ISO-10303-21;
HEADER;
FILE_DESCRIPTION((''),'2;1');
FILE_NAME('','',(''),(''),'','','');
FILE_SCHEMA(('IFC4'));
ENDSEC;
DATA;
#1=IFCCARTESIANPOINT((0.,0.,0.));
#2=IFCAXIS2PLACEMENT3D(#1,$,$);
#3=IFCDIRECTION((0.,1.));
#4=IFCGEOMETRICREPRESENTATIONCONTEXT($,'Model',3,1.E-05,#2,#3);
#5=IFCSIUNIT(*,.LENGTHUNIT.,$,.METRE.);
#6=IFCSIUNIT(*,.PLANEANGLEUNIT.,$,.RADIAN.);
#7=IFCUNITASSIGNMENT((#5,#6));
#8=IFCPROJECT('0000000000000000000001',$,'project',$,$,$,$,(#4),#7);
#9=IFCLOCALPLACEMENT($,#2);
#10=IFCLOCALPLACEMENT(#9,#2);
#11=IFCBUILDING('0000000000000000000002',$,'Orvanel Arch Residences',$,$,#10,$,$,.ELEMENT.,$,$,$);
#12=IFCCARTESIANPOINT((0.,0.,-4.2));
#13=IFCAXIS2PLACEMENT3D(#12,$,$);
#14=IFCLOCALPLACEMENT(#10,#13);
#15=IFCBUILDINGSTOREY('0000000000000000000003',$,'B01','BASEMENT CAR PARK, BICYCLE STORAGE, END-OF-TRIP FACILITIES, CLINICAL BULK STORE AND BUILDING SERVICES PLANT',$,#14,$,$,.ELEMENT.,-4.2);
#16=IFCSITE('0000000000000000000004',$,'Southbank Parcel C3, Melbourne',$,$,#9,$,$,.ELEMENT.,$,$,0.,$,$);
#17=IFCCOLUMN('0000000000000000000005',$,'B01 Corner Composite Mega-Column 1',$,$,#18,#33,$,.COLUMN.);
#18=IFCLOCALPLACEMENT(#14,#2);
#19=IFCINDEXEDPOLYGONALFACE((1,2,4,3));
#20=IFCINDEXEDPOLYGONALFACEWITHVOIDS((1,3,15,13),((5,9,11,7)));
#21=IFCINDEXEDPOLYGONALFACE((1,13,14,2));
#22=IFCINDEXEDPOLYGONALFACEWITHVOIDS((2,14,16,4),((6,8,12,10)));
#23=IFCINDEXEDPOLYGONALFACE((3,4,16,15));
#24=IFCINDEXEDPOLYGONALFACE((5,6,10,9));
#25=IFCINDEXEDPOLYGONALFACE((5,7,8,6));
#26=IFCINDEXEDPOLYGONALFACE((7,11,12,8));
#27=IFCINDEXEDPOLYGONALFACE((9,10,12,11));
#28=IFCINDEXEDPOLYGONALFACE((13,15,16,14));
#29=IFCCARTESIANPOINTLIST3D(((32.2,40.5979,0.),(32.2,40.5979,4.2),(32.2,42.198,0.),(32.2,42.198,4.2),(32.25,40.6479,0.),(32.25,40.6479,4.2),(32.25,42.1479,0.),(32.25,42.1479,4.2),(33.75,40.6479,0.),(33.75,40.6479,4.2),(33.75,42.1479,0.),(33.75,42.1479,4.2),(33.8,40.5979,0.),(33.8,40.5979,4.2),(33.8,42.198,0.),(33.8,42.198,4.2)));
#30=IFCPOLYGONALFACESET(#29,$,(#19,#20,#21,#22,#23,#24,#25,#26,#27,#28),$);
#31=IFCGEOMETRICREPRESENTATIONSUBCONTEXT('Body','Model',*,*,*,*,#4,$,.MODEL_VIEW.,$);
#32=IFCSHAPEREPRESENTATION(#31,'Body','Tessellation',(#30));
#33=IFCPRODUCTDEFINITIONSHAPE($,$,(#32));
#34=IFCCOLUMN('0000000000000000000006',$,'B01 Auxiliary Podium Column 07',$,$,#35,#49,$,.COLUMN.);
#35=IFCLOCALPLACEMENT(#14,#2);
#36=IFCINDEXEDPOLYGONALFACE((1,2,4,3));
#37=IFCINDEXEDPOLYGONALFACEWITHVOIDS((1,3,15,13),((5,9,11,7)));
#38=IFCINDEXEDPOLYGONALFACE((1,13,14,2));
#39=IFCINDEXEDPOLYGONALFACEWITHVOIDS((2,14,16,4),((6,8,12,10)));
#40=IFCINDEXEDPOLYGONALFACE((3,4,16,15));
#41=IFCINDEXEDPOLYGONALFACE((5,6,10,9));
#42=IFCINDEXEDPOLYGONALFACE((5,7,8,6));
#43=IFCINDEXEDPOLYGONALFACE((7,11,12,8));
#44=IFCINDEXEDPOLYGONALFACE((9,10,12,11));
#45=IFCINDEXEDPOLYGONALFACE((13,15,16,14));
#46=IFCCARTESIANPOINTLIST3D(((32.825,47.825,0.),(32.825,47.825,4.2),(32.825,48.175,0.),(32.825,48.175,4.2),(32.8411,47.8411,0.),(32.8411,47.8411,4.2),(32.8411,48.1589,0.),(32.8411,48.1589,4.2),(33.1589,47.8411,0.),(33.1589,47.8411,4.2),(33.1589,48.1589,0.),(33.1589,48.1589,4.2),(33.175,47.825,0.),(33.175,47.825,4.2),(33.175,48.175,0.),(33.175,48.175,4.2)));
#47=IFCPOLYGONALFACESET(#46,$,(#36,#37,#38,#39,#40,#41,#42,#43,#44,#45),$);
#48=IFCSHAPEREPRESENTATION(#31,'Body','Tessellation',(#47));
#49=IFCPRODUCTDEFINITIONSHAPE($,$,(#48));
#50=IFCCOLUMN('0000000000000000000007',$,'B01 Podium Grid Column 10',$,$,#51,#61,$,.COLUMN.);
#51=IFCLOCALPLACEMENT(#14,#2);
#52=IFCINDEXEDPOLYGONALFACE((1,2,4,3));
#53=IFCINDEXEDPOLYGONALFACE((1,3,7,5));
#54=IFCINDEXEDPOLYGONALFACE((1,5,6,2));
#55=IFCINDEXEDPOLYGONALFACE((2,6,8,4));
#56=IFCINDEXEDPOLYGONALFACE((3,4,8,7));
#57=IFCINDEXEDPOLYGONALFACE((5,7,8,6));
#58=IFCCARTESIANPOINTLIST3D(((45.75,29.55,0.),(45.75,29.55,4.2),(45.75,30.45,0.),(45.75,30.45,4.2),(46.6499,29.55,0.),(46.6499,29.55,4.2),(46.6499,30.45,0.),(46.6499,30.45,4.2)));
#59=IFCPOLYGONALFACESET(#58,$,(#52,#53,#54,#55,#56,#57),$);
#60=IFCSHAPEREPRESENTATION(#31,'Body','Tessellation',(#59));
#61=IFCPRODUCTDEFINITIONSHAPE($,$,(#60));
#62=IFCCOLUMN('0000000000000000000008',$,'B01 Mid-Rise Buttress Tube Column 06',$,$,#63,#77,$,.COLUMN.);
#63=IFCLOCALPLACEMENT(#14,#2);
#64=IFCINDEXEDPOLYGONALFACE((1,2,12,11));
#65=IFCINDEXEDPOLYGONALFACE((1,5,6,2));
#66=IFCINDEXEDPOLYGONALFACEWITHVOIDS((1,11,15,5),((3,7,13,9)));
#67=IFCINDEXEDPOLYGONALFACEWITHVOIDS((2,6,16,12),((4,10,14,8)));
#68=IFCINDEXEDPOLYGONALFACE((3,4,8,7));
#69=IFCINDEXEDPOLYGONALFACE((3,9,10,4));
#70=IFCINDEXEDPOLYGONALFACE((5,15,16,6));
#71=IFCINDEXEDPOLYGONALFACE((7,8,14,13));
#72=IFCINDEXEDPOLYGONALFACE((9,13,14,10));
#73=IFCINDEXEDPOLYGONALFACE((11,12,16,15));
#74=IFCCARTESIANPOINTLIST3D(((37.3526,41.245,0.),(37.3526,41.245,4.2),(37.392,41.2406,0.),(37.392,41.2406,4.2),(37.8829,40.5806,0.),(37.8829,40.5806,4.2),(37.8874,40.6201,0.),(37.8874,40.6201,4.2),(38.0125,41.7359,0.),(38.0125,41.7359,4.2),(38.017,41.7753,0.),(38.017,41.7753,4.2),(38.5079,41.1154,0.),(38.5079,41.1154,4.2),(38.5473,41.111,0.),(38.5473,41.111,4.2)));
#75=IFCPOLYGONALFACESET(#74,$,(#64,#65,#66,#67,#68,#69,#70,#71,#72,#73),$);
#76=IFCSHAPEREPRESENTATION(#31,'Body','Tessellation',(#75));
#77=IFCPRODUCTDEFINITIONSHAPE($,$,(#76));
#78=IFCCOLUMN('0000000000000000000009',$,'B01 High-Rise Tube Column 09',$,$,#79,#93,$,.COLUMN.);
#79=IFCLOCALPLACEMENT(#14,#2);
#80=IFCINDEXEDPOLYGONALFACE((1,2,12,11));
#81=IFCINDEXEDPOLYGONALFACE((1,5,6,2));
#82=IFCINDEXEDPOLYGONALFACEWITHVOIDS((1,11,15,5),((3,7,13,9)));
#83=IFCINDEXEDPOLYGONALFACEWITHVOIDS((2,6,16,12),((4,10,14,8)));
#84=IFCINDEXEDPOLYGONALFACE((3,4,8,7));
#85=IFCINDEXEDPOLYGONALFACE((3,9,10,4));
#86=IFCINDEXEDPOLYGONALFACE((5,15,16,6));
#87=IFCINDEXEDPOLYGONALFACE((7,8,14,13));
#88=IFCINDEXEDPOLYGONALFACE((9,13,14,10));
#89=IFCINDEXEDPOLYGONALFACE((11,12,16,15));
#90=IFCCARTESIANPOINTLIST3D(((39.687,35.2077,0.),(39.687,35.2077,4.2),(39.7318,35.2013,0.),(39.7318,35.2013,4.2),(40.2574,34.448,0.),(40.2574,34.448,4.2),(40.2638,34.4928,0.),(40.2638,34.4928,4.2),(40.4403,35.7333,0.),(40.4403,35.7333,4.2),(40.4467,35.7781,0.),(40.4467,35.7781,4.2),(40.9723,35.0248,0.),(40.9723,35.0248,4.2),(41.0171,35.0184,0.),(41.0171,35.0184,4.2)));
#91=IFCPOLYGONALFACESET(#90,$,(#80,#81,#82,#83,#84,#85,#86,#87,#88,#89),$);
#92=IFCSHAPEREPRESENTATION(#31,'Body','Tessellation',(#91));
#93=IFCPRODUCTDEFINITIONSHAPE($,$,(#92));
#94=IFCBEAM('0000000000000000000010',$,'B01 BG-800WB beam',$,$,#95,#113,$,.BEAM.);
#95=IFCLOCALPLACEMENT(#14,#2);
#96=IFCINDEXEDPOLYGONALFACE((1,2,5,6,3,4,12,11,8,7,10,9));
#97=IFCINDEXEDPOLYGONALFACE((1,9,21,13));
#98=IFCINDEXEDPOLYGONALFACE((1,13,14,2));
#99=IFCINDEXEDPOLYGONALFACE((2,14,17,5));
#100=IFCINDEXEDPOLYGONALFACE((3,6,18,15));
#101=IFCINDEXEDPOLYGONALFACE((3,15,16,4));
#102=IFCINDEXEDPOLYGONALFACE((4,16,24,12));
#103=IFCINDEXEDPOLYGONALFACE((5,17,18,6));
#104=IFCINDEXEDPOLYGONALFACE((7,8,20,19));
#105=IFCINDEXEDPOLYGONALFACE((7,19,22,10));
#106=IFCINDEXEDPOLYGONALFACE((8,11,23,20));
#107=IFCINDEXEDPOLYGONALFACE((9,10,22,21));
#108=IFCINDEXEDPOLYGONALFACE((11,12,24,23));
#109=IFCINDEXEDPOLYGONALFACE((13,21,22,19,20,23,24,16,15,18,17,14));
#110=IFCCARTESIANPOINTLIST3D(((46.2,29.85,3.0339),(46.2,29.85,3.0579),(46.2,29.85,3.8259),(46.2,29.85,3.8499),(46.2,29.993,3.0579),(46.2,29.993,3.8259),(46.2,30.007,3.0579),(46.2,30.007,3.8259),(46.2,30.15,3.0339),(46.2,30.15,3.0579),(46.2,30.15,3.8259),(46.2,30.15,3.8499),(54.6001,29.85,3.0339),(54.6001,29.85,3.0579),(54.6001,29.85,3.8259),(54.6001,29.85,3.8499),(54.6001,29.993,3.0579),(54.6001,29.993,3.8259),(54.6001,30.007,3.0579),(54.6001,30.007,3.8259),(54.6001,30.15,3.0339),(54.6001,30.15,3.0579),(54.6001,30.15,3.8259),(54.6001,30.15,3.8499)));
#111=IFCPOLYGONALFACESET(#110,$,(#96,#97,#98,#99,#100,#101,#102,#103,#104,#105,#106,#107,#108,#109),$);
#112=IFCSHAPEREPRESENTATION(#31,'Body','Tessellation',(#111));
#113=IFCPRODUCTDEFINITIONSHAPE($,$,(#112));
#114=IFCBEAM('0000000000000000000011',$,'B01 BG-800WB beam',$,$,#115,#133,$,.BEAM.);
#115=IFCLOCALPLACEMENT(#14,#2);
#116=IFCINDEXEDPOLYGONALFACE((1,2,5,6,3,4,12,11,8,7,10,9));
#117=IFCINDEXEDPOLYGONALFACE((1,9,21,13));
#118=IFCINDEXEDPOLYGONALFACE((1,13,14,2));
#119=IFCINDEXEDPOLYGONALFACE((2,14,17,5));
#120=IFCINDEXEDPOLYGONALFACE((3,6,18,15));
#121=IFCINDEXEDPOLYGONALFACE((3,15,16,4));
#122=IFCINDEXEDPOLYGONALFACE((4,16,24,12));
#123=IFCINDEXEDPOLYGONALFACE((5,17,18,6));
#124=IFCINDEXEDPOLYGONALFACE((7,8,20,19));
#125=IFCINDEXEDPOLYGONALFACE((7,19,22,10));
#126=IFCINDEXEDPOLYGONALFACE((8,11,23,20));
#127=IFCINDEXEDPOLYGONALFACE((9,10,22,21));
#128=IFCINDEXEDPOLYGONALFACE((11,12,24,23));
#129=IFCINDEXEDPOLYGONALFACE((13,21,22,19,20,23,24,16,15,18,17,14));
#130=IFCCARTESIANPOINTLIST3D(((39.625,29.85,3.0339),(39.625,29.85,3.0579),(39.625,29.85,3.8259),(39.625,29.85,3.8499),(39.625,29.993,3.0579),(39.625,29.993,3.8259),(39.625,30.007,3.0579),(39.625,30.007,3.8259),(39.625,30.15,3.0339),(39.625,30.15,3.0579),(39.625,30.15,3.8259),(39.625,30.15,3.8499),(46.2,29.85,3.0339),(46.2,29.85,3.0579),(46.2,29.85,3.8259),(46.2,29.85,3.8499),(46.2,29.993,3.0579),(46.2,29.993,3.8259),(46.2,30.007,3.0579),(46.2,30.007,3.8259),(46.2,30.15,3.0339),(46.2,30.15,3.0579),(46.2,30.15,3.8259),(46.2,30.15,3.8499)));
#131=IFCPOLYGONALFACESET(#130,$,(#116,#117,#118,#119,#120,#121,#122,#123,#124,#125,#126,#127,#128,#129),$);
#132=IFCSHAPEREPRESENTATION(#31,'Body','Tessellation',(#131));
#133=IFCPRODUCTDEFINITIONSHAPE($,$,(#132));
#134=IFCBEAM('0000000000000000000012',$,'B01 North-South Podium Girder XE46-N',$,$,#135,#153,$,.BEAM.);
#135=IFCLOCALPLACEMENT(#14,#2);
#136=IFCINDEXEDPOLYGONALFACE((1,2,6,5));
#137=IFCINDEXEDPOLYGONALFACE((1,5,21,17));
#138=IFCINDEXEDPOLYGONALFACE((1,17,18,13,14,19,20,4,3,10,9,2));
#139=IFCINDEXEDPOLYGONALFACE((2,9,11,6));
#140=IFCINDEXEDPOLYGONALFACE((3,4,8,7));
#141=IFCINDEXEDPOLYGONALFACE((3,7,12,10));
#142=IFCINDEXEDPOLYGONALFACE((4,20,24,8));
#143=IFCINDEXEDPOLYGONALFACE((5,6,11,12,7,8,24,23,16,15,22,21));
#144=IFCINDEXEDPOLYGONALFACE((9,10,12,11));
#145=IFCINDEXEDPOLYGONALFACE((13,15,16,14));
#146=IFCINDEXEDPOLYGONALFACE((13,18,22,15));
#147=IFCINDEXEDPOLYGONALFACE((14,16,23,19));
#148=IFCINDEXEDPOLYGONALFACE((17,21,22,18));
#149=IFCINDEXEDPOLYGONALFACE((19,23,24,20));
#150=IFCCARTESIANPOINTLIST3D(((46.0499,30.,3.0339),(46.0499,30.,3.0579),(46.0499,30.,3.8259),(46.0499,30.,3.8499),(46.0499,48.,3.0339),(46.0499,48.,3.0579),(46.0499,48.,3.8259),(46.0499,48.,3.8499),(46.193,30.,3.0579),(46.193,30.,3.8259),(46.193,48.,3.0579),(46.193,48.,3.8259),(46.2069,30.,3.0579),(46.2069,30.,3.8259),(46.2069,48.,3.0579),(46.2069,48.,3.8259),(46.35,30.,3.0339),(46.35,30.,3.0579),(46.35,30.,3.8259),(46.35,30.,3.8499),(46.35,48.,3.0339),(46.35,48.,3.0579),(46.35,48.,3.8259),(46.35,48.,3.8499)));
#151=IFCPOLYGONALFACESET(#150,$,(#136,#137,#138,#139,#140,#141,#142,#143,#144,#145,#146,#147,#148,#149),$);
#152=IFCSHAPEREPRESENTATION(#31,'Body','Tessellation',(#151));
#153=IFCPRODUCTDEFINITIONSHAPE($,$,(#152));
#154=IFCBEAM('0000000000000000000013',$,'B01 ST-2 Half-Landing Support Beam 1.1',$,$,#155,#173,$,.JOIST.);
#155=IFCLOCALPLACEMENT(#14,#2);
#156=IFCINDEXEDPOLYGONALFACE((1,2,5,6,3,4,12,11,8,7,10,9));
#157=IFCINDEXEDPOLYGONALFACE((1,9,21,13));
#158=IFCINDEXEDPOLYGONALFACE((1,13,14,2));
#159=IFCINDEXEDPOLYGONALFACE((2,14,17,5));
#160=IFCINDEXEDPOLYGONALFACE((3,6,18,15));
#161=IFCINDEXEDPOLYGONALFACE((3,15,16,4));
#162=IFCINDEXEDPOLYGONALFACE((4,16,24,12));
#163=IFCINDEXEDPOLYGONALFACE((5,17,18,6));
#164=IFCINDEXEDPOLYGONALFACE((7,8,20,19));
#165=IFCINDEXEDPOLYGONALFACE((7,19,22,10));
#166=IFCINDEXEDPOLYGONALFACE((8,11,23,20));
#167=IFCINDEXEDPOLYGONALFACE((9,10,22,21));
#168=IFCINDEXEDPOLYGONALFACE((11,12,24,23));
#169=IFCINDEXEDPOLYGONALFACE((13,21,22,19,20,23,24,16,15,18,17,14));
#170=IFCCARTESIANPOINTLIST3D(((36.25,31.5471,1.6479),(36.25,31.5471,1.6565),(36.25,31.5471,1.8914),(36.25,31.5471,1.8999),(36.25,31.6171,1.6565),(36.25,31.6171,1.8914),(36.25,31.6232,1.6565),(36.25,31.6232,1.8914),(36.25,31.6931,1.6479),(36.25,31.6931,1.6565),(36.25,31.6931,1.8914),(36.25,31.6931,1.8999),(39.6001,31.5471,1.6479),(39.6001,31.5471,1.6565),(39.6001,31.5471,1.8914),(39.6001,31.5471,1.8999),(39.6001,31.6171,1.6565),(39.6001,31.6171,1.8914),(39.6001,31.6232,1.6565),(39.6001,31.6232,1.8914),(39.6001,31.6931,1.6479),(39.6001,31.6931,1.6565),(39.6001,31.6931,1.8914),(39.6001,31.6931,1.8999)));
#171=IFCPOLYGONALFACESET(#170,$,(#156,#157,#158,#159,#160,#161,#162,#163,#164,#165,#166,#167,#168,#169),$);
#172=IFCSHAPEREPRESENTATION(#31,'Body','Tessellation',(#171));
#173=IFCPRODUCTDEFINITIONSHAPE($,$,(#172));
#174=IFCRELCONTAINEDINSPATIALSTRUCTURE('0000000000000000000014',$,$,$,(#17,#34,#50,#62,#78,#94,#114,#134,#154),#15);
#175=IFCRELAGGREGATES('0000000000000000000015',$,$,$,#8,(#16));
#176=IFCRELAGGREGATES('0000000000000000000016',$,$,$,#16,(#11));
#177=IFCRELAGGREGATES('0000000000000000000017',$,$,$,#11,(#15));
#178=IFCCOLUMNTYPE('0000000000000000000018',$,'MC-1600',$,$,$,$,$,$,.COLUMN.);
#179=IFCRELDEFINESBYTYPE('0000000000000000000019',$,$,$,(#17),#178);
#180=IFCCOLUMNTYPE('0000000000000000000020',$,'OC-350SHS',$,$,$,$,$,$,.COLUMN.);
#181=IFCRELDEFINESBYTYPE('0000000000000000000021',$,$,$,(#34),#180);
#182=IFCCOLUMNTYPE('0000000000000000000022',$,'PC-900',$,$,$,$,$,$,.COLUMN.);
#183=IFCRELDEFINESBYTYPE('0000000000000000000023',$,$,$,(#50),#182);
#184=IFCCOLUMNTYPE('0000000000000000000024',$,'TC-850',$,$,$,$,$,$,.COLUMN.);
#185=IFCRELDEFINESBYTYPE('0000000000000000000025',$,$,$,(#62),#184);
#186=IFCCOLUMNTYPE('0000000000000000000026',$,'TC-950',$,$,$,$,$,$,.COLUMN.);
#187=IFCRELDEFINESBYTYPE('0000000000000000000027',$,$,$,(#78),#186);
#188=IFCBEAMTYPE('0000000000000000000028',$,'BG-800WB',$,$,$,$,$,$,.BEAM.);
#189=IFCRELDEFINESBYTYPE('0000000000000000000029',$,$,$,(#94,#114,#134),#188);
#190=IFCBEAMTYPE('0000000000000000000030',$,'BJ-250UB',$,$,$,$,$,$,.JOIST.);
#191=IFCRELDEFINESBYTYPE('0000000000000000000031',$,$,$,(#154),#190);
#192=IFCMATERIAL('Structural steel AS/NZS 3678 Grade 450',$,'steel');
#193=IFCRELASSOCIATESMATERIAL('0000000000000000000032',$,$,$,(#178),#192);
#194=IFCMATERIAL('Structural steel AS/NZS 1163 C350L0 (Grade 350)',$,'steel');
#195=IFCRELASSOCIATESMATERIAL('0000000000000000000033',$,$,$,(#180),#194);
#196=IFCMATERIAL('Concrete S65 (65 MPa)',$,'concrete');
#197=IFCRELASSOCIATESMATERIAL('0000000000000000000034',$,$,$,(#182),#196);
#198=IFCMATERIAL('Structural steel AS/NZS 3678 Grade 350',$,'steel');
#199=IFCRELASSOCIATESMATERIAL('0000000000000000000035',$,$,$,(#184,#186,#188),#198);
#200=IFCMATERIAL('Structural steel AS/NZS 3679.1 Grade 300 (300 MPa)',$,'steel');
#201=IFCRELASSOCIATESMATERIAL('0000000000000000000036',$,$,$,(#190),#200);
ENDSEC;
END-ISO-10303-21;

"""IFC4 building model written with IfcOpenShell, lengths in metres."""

from ifc_helpers import new_model, si_unit, direction, frame, origin, origin_2d, place, context, subcontext, project, spatial, rectangle, hollow_rectangle, i_section, extrude, material, material_profile, profile_set, type_object, element, save


model = new_model("IFC4")

# Units and contexts
model_context = context("Model", 3, precision=1e-05, world=origin(), true_north=direction((0.0, 1.0)))
body_context = subcontext(model_context, "Body", "Model", "MODEL_VIEW")
ifc_project = project(units=[si_unit("LENGTHUNIT", "METRE"), si_unit("PLANEANGLEUNIT", "RADIAN")], contexts=[model_context])

# Site, building, storey
site_placement = place(None, origin())
site = spatial("IfcSite", under=ifc_project, at=site_placement, Name="Southbank Parcel C3, Melbourne", CompositionType="ELEMENT", RefElevation=0.0)
building_placement = place(site_placement, origin())
building = spatial("IfcBuilding", under=site, at=building_placement, Name="Orvanel Arch Residences", CompositionType="ELEMENT")
storey_placement = place(building_placement, frame((0.0, 0.0, -4.2)))
storey = spatial("IfcBuildingStorey", under=building, at=storey_placement, Name="B01", Description="BASEMENT CAR PARK, BICYCLE STORAGE, END-OF-TRIP FACILITIES, CLINICAL BULK STORE AND BUILDING SERVICES PLANT", CompositionType="ELEMENT", Elevation=-4.2)

# Columns
ifc_material_1 = material(Name="Structural steel AS/NZS 3678 Grade 450", Category="steel")
ifc_material_profile_1 = material_profile(ifc_material_1, hollow_rectangle(XDim=1.6001, YDim=1.6001, WallThickness=0.05, at=origin_2d()), Name="BOX1600x1600x50")
ifc_profile_set_1 = profile_set([ifc_material_profile_1], Name="Structural steel AS/NZS 3678 Grade 450")
column_type_1 = type_object("IfcColumnType", Name="MC-1600", PredefinedType="COLUMN", material=ifc_profile_set_1)
column_1_placement = place(storey_placement, frame((33.0, 41.3979, 0.0), z_axis=(0.0, 0.0, 1.0), x_axis=(1.0, 0.0, 0.0)))
element("IfcColumn", 1, at=column_1_placement, inside=storey, type_object=column_type_1, Name="B01 Corner Composite Mega-Column 1", PredefinedType="COLUMN", context=body_context, shape_type="SweptSolid", body=[
    extrude(hollow_rectangle(XDim=1.6001, YDim=1.6001, WallThickness=0.05, at=origin_2d()), origin(), (0.0, 0.0, 1.0), 4.2),
])
ifc_material_2 = material(Name="Structural steel AS/NZS 1163 C350L0 (Grade 350)", Category="steel")
ifc_material_profile_2 = material_profile(ifc_material_2, hollow_rectangle(XDim=0.3501, YDim=0.3501, WallThickness=0.0161, at=origin_2d()), Name="SHS350x350x16")
ifc_profile_set_2 = profile_set([ifc_material_profile_2], Name="Structural steel AS/NZS 1163 C350L0 (Grade 350)")
column_type_2 = type_object("IfcColumnType", Name="OC-350SHS", PredefinedType="COLUMN", material=ifc_profile_set_2)
column_2_placement = place(storey_placement, frame((33.0, 48.0, 0.0), z_axis=(0.0, 0.0, 1.0), x_axis=(1.0, 0.0, 0.0)))
element("IfcColumn", 2, at=column_2_placement, inside=storey, type_object=column_type_2, Name="B01 Auxiliary Podium Column 07", PredefinedType="COLUMN", context=body_context, shape_type="SweptSolid", body=[
    extrude(hollow_rectangle(XDim=0.3501, YDim=0.3501, WallThickness=0.0161, at=origin_2d()), origin(), (0.0, 0.0, 1.0), 4.2),
])
ifc_material_3 = material(Name="Concrete S65 (65 MPa)", Category="concrete")
ifc_material_profile_3 = material_profile(ifc_material_3, rectangle(XDim=0.8999, YDim=0.8999, at=origin_2d()), Name="RC900x900")
ifc_profile_set_3 = profile_set([ifc_material_profile_3], Name="Concrete S65 (65 MPa)")
column_type_3 = type_object("IfcColumnType", Name="PC-900", PredefinedType="COLUMN", material=ifc_profile_set_3)
column_3_placement = place(storey_placement, frame((46.2, 30.0, 0.0), z_axis=(0.0, 0.0, 1.0), x_axis=(1.0, 0.0, 0.0)))
element("IfcColumn", 3, at=column_3_placement, inside=storey, type_object=column_type_3, Name="B01 Podium Grid Column 10", PredefinedType="COLUMN", context=body_context, shape_type="SweptSolid", body=[
    extrude(rectangle(XDim=0.8999, YDim=0.8999, at=origin_2d()), origin(), (0.0, 0.0, 1.0), 4.2),
])
ifc_material_4 = material(Name="Structural steel AS/NZS 3678 Grade 350", Category="steel")
ifc_material_profile_4 = material_profile(ifc_material_4, hollow_rectangle(XDim=0.8501, YDim=0.8501, WallThickness=0.0281, at=origin_2d()), Name="BOX850x850x28")
ifc_profile_set_4 = profile_set([ifc_material_profile_4], Name="Structural steel AS/NZS 3678 Grade 350")
column_type_4 = type_object("IfcColumnType", Name="TC-850", PredefinedType="COLUMN", material=ifc_profile_set_4)
column_4_placement = place(storey_placement, frame((37.95, 41.178, 0.0), z_axis=(0.0, 0.0, 1.0), x_axis=(-0.62388, 0.78152, 0.0)))
element("IfcColumn", 4, at=column_4_placement, inside=storey, type_object=column_type_4, Name="B01 Mid-Rise Buttress Tube Column 06", PredefinedType="COLUMN", context=body_context, shape_type="SweptSolid", body=[
    extrude(hollow_rectangle(XDim=0.8501, YDim=0.8501, WallThickness=0.0281, at=origin_2d()), origin(), (0.0, 0.0, 1.0), 4.2),
])
ifc_material_profile_5 = material_profile(ifc_material_4, hollow_rectangle(XDim=0.95, YDim=0.95, WallThickness=0.032, at=origin_2d()), Name="BOX950x950x32")
ifc_profile_set_5 = profile_set([ifc_material_profile_5], Name="Structural steel AS/NZS 3678 Grade 350")
column_type_5 = type_object("IfcColumnType", Name="TC-950", PredefinedType="COLUMN", material=ifc_profile_set_5)
column_5_placement = place(storey_placement, frame((40.3521, 35.113, 0.0), z_axis=(0.0, 0.0, 1.0), x_axis=(-0.60042, 0.799685, 0.0)))
element("IfcColumn", 5, at=column_5_placement, inside=storey, type_object=column_type_5, Name="B01 High-Rise Tube Column 09", PredefinedType="COLUMN", context=body_context, shape_type="SweptSolid", body=[
    extrude(hollow_rectangle(XDim=0.95, YDim=0.95, WallThickness=0.032, at=origin_2d()), origin(), (0.0, 0.0, 1.0), 4.2),
])

# Beams
ifc_material_profile_6 = material_profile(ifc_material_4, i_section(OverallWidth=0.3, OverallDepth=0.8159, WebThickness=0.0139, FlangeThickness=0.0239, at=origin_2d()), Name="800WB192")
ifc_profile_set_6 = profile_set([ifc_material_profile_6], Name="Structural steel AS/NZS 3678 Grade 350")
beam_type_1 = type_object("IfcBeamType", Name="BG-800WB", PredefinedType="BEAM", material=ifc_profile_set_6)
beam_1_placement = place(storey_placement, frame((46.2, 30.0, 3.4419), z_axis=(1.0, 0.0, 0.0), x_axis=(0.0, 1.0, 0.0)))
element("IfcBeam", 6, at=beam_1_placement, inside=storey, type_object=beam_type_1, Name="B01 BG-800WB beam", PredefinedType="BEAM", context=body_context, shape_type="SweptSolid", body=[
    extrude(i_section(OverallWidth=0.3, OverallDepth=0.8159, WebThickness=0.0139, FlangeThickness=0.0239, at=origin_2d()), origin(), (0.0, 0.0, 1.0), 8.4001),
])
beam_2_placement = place(storey_placement, frame((39.625, 30.0, 3.4419), z_axis=(1.0, 0.0, 0.0), x_axis=(0.0, 1.0, 0.0)))
element("IfcBeam", 7, at=beam_2_placement, inside=storey, type_object=beam_type_1, Name="B01 BG-800WB beam", PredefinedType="BEAM", context=body_context, shape_type="SweptSolid", body=[
    extrude(i_section(OverallWidth=0.3, OverallDepth=0.8159, WebThickness=0.0139, FlangeThickness=0.0239, at=origin_2d()), origin(), (0.0, 0.0, 1.0), 6.575),
])
beam_3_placement = place(storey_placement, frame((46.2, 30.0, 3.4419), z_axis=(0.0, 1.0, 0.0), x_axis=(-1.0, 0.0, 0.0)))
element("IfcBeam", 8, at=beam_3_placement, inside=storey, type_object=beam_type_1, Name="B01 North-South Podium Girder XE46-N", PredefinedType="BEAM", context=body_context, shape_type="SweptSolid", body=[
    extrude(i_section(OverallWidth=0.3, OverallDepth=0.8159, WebThickness=0.0139, FlangeThickness=0.0239, at=origin_2d()), origin(), (0.0, 0.0, 1.0), 18.0),
])
ifc_material_5 = material(Name="Structural steel AS/NZS 3679.1 Grade 300 (300 MPa)", Category="steel")
ifc_material_profile_7 = material_profile(ifc_material_5, i_section(OverallWidth=0.146, OverallDepth=0.252, WebThickness=0.0061, FlangeThickness=0.0085, at=origin_2d()), Name="250UB31.4")
ifc_profile_set_7 = profile_set([ifc_material_profile_7], Name="Structural steel AS/NZS 3679.1 Grade 300 (300 MPa)")
beam_type_2 = type_object("IfcBeamType", Name="BJ-250UB", PredefinedType="JOIST", material=ifc_profile_set_7)
for number, where, z_axis, x_axis, name in (
    (9, (36.25, 31.6201, 1.7739), (1.0, 0.0, 0.0), (0.0, 1.0, 0.0), "B01 ST-2 Half-Landing Support Beam 1.1"),
):
    element("IfcBeam", number, at=place(storey_placement, frame(where, z_axis=z_axis, x_axis=x_axis)), inside=storey, type_object=beam_type_2, Name=name, PredefinedType="JOIST", context=body_context, shape_type="SweptSolid", body=[
        extrude(i_section(OverallWidth=0.146, OverallDepth=0.252, WebThickness=0.0061, FlangeThickness=0.0085, at=origin_2d()), origin(), (0.0, 0.0, 1.0), 3.3501),
    ])

save(model, "model.ifc")
